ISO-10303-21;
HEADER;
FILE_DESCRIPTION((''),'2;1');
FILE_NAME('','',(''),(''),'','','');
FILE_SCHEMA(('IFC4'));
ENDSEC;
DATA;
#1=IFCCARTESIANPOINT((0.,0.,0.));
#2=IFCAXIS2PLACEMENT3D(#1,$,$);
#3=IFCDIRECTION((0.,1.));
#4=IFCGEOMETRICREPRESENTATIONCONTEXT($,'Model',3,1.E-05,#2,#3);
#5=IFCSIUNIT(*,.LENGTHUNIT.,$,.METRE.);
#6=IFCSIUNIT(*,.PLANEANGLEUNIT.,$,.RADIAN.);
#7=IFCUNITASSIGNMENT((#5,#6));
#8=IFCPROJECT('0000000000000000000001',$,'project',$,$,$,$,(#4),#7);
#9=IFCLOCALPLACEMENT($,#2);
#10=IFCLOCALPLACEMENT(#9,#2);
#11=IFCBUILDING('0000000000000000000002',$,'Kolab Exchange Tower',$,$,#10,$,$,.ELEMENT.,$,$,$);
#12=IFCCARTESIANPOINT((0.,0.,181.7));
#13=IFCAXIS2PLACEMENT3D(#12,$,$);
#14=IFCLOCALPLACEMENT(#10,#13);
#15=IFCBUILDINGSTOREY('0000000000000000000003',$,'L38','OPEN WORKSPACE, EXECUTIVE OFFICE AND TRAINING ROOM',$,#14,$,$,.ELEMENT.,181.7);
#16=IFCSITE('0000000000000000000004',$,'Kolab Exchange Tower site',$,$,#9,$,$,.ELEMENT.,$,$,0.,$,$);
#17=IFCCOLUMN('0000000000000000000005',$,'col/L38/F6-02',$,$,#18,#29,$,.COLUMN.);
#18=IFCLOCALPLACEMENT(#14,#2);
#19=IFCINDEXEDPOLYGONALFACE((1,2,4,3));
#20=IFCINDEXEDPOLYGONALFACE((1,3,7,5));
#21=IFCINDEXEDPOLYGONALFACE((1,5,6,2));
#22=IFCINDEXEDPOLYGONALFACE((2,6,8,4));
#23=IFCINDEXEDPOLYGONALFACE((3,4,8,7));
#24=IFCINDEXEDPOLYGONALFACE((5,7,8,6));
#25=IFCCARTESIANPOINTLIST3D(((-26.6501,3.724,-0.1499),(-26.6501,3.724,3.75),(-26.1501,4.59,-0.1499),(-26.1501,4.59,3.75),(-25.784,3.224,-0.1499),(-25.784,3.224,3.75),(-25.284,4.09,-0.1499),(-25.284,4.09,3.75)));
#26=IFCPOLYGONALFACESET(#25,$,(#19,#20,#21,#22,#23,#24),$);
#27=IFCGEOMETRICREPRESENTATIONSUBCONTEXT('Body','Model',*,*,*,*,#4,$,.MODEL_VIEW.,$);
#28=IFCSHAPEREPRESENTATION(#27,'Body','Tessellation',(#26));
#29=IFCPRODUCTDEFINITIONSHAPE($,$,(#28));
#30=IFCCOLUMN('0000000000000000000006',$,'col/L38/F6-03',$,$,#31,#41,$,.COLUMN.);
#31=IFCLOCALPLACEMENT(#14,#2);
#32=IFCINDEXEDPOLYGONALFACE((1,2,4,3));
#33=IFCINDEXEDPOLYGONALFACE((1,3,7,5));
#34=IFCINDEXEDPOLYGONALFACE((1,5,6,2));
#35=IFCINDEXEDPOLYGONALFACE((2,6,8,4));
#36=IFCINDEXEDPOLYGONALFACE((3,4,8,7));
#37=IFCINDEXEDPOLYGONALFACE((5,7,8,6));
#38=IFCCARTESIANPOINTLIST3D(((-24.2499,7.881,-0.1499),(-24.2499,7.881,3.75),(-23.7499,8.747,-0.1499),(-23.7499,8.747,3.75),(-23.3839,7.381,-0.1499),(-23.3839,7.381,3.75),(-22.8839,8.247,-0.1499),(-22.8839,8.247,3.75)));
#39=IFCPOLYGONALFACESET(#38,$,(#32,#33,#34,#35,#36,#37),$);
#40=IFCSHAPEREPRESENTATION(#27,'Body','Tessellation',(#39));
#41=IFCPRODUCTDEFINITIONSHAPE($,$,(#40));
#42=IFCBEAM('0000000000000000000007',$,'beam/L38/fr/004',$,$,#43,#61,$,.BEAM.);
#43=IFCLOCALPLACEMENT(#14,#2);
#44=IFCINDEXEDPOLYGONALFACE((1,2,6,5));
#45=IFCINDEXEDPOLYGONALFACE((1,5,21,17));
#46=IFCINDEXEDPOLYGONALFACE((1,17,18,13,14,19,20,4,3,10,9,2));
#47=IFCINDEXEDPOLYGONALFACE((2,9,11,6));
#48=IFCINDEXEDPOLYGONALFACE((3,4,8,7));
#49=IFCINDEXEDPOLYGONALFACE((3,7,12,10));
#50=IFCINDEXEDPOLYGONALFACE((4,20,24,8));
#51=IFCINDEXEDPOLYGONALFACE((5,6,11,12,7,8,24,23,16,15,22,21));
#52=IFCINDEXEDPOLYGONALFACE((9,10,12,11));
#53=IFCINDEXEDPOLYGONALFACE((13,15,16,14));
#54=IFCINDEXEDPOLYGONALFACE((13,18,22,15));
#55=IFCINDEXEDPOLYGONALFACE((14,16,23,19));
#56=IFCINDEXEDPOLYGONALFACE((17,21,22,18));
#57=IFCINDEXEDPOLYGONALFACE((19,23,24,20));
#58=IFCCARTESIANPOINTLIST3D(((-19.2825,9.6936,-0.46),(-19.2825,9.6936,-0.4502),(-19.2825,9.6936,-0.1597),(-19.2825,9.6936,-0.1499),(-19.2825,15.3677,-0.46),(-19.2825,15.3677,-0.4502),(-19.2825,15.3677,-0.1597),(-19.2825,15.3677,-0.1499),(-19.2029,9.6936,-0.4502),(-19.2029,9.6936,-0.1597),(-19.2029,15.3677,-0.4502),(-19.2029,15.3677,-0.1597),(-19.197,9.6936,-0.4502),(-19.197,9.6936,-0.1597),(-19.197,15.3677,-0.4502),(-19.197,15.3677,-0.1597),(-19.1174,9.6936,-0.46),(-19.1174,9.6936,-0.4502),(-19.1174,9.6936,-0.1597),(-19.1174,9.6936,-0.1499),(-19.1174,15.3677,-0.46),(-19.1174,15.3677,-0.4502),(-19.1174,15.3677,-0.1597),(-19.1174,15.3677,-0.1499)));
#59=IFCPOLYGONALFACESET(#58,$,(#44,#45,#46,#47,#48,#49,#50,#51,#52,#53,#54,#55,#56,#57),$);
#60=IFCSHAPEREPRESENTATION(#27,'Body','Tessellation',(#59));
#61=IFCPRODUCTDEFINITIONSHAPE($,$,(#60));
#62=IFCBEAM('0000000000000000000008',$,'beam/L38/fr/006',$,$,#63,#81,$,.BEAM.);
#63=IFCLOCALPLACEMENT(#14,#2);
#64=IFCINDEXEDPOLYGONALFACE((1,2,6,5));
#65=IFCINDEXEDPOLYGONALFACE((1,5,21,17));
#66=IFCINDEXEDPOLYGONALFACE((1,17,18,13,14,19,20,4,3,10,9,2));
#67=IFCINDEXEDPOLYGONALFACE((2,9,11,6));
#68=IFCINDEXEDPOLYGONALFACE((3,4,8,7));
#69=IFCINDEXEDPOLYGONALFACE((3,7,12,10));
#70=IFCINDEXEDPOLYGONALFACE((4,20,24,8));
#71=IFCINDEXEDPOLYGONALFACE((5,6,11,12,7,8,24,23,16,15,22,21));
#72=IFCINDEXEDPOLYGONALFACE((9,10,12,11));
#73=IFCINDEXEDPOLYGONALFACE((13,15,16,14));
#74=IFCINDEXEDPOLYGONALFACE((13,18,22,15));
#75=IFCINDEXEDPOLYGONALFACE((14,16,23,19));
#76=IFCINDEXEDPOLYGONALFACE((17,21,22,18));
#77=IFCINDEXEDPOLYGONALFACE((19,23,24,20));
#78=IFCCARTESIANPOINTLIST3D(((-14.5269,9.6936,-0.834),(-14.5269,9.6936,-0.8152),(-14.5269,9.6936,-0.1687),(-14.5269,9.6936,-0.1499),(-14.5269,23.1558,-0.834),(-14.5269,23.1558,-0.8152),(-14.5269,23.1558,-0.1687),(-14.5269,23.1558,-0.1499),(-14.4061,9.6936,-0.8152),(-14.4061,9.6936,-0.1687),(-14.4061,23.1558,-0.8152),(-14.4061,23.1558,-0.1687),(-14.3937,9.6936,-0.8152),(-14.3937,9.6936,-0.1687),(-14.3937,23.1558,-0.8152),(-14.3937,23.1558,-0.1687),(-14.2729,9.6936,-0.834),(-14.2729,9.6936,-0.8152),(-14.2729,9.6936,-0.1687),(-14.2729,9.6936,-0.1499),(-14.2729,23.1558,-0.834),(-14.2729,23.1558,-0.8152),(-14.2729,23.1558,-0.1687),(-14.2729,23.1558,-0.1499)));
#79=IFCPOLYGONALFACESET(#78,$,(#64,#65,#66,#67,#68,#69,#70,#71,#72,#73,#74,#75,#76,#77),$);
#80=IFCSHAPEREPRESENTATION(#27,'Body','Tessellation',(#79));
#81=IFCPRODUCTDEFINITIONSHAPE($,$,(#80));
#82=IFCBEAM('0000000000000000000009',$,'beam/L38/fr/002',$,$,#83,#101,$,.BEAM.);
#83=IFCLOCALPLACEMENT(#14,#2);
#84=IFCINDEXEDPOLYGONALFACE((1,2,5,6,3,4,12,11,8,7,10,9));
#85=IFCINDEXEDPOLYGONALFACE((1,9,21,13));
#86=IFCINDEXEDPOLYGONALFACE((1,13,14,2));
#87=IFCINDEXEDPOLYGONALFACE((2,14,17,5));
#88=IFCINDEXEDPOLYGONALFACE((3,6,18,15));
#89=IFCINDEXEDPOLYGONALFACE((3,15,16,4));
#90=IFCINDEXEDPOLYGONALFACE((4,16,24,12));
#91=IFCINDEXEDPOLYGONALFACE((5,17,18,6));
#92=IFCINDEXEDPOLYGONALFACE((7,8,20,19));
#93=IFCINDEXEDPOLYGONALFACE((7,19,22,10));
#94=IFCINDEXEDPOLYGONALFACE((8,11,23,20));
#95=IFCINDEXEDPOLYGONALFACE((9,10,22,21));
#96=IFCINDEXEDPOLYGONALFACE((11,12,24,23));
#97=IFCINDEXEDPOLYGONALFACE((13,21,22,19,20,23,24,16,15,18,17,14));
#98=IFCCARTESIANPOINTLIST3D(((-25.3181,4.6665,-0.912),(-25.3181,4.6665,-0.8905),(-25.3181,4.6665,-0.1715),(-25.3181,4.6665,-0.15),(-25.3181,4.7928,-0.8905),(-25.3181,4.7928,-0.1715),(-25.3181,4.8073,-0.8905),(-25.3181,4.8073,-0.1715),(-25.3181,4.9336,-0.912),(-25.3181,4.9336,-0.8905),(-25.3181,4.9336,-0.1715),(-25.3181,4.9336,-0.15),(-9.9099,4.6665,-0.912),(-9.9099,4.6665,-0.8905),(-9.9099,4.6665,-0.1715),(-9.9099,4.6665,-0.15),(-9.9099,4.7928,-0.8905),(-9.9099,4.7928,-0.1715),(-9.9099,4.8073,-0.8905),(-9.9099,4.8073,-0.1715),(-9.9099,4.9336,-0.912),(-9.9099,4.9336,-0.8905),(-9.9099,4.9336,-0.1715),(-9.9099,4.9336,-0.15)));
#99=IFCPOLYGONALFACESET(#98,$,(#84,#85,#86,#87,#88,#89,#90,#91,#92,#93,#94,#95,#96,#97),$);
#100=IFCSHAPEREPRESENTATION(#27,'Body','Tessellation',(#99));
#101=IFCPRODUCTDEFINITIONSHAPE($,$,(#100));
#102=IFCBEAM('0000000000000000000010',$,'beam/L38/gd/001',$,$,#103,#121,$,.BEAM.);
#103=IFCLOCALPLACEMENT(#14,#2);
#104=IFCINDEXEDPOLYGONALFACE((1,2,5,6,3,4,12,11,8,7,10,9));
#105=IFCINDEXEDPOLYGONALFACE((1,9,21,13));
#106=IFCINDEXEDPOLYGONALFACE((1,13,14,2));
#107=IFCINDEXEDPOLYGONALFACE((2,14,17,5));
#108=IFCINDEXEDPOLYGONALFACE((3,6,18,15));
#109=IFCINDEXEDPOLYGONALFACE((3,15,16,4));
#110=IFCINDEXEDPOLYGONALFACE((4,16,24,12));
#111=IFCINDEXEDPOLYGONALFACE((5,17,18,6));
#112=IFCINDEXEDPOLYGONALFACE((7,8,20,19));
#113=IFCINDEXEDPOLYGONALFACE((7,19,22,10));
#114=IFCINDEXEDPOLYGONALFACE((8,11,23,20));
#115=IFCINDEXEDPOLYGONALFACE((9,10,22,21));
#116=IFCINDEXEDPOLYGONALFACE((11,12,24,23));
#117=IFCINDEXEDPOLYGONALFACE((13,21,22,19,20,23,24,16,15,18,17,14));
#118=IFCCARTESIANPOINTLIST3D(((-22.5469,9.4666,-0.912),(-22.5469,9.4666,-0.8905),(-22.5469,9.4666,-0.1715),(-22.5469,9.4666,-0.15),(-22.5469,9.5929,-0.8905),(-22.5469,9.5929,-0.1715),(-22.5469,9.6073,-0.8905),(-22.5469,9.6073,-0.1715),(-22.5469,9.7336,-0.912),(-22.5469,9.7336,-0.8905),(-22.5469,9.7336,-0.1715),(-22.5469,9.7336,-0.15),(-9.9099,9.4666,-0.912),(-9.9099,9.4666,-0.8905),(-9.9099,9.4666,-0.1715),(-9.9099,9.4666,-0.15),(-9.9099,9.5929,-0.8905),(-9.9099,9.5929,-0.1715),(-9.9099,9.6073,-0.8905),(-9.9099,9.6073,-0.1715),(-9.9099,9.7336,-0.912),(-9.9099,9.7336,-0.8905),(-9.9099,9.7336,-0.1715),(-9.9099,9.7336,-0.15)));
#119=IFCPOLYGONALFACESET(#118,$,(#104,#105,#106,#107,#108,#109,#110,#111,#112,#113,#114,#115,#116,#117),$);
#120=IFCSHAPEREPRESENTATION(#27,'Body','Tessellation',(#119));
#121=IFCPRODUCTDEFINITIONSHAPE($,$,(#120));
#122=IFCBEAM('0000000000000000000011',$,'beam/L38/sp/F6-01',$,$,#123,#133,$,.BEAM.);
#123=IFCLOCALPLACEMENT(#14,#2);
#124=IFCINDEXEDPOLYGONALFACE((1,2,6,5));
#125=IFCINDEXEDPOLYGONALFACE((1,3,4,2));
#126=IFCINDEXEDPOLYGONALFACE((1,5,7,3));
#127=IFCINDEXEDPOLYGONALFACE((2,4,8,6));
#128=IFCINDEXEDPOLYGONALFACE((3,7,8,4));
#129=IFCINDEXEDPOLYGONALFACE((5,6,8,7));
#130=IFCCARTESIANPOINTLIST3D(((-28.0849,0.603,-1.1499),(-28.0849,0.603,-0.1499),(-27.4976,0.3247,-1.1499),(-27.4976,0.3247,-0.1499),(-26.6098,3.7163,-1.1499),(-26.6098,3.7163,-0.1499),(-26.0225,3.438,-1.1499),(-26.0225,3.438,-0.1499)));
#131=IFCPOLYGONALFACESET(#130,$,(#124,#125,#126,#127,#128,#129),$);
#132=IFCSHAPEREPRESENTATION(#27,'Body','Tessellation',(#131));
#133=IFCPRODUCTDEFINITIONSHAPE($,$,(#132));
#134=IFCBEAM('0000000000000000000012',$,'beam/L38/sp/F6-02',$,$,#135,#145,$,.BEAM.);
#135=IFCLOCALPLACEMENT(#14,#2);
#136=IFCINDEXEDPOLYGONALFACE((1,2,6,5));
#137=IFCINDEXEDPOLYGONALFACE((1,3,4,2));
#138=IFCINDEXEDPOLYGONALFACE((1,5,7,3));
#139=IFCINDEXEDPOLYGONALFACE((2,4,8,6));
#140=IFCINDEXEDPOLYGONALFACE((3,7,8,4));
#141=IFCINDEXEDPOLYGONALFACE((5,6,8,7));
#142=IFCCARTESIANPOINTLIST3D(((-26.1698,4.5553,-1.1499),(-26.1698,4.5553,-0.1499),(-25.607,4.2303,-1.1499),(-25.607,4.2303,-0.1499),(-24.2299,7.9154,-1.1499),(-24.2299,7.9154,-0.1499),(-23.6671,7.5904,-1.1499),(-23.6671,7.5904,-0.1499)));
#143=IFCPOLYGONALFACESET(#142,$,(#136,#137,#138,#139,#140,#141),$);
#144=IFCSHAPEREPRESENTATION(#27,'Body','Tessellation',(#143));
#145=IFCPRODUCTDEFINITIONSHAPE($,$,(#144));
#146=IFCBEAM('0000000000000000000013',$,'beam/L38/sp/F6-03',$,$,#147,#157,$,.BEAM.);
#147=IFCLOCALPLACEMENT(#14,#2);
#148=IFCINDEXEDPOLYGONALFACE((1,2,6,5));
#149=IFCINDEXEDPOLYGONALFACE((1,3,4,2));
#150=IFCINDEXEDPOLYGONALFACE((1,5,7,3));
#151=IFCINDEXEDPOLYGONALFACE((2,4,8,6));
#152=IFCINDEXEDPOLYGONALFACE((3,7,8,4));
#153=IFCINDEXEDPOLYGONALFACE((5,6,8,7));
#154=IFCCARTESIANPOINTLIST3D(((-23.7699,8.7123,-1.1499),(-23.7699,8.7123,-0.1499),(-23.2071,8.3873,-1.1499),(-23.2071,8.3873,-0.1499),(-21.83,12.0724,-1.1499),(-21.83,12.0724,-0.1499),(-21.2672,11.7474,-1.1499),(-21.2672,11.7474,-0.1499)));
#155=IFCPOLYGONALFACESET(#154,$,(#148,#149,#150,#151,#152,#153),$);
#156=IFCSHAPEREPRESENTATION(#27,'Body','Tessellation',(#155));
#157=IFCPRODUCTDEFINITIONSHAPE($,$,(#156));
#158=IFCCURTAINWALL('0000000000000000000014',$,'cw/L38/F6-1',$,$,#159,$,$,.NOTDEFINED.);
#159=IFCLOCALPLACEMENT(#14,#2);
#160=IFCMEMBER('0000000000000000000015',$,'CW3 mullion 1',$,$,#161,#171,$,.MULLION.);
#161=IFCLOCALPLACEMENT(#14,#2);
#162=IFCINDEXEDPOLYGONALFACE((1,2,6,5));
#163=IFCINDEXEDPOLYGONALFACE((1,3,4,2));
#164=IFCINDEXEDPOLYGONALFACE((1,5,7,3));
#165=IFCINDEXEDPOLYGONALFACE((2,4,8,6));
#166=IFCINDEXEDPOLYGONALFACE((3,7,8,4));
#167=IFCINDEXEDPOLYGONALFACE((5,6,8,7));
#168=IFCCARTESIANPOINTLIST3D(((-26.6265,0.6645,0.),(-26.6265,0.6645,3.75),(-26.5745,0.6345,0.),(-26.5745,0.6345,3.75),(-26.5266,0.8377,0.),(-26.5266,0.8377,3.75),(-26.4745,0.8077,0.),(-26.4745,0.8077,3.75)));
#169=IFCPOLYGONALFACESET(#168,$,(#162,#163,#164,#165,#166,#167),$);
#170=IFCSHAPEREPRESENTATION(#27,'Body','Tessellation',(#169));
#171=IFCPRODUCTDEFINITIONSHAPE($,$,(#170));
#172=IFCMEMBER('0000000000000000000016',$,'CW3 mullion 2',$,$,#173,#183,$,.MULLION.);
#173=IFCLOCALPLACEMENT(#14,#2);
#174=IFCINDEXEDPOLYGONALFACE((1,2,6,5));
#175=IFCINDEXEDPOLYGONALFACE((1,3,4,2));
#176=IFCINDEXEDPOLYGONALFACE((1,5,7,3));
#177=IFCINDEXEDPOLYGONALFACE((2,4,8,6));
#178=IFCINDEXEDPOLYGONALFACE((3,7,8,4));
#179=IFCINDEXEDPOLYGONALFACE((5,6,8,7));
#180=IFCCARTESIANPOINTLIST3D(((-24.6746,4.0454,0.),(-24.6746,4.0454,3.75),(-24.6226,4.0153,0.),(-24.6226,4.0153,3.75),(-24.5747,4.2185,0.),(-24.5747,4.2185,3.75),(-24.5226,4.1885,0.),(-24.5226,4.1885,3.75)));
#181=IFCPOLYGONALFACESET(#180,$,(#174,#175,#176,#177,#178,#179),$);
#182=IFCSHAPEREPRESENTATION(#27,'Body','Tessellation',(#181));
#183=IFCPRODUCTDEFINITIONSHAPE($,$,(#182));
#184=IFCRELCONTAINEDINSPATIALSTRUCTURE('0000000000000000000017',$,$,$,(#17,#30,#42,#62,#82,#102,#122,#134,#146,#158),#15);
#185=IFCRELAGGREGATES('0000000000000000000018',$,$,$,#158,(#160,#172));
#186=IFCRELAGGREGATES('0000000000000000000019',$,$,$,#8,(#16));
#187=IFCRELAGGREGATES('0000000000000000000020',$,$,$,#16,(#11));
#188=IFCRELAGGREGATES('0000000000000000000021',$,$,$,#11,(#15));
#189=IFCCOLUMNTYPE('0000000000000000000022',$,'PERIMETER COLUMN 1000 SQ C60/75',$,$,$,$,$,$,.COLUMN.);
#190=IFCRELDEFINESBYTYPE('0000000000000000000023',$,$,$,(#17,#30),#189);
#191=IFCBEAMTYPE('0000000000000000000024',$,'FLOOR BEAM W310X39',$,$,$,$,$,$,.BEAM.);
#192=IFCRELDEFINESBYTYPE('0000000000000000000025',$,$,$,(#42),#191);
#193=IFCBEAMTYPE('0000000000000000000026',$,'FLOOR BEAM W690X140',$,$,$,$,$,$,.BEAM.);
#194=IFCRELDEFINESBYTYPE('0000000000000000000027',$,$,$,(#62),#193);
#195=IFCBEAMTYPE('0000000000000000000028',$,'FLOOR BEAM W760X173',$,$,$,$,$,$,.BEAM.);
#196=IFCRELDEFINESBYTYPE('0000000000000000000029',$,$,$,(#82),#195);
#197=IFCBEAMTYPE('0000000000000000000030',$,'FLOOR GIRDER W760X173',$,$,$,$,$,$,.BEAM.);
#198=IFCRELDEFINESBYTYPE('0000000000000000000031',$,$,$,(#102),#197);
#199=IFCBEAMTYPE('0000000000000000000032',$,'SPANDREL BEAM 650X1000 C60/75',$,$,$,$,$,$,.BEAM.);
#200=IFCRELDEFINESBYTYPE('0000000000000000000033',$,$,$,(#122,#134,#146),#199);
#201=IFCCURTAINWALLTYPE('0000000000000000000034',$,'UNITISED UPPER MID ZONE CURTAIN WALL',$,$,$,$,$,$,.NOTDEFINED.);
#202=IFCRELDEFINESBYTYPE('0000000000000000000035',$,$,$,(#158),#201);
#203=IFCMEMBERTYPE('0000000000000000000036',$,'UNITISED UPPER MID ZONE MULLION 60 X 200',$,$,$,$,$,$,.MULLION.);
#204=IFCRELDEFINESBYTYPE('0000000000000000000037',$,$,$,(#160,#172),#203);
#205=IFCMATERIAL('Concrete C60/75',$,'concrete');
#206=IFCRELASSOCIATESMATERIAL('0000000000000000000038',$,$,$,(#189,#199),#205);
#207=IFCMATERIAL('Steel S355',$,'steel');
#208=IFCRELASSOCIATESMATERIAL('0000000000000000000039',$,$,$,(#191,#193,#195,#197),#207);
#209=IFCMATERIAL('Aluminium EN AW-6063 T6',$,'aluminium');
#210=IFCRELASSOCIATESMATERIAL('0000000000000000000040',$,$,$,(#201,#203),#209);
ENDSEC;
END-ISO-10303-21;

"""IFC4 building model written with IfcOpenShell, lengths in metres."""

from ifc_helpers import new_model, si_unit, direction, frame, origin, origin_2d, place, context, subcontext, project, spatial, rectangle, i_section, extrude, material, material_profile, profile_set, type_object, element, aggregate, save


model = new_model("IFC4")

# Units and contexts
model_context = context("Model", 3, precision=1e-05, world=origin(), true_north=direction((0.0, 1.0)))
body_context = subcontext(model_context, "Body", "Model", "MODEL_VIEW")
ifc_project = project(units=[si_unit("LENGTHUNIT", "METRE"), si_unit("PLANEANGLEUNIT", "RADIAN")], contexts=[model_context])

# Site, building, storey
site_placement = place(None, origin())
site = spatial("IfcSite", under=ifc_project, at=site_placement, Name="Kolab Exchange Tower site", CompositionType="ELEMENT", RefElevation=0.0)
building_placement = place(site_placement, origin())
building = spatial("IfcBuilding", under=site, at=building_placement, Name="Kolab Exchange Tower", CompositionType="ELEMENT")
storey_placement = place(building_placement, frame((0.0, 0.0, 181.7)))
storey = spatial("IfcBuildingStorey", under=building, at=storey_placement, Name="L38", Description="OPEN WORKSPACE, EXECUTIVE OFFICE AND TRAINING ROOM", CompositionType="ELEMENT", Elevation=181.7)

# Columns
ifc_material_1 = material(Name="Concrete C60/75", Category="concrete")
ifc_material_profile_1 = material_profile(ifc_material_1, rectangle(XDim=1.0, YDim=1.0, at=origin_2d()), Name="RC1000")
ifc_profile_set_1 = profile_set([ifc_material_profile_1], Name="Concrete C60/75")
column_type = type_object("IfcColumnType", Name="PERIMETER COLUMN 1000 SQ C60/75", PredefinedType="COLUMN", material=ifc_profile_set_1)
for number, where, z_axis, x_axis, name in (
    (1, (-25.967, 3.907, -0.1499), (0.0, 0.0, 1.0), (0.5, 0.866025, 0.0), "col/L38/F6-02"),
    (2, (-23.5669, 8.064, -0.1499), (0.0, 0.0, 1.0), (0.5, 0.866025, 0.0), "col/L38/F6-03"),
):
    element("IfcColumn", number, at=place(storey_placement, frame(where, z_axis=z_axis, x_axis=x_axis)), inside=storey, type_object=column_type, Name=name, PredefinedType="COLUMN", context=body_context, shape_type="SweptSolid", body=[
        extrude(rectangle(XDim=1.0, YDim=1.0, at=origin_2d()), origin(), (0.0, 0.0, 1.0), 3.8999),
    ])

# Beams
ifc_material_2 = material(Name="Steel S355", Category="steel")
ifc_material_profile_2 = material_profile(ifc_material_2, i_section(OverallWidth=0.165, OverallDepth=0.3101, WebThickness=0.0059, FlangeThickness=0.0098, at=origin_2d()), Name="W310X39")
ifc_profile_set_2 = profile_set([ifc_material_profile_2], Name="Steel S355")
beam_type_1 = type_object("IfcBeamType", Name="FLOOR BEAM W310X39", PredefinedType="BEAM", material=ifc_profile_set_2)
beam_1_placement = place(storey_placement, frame((-19.2, 9.6936, -0.3049), z_axis=(0.0, 1.0, 0.0), x_axis=(-1.0, 0.0, 0.0)))
element("IfcBeam", 3, at=beam_1_placement, inside=storey, type_object=beam_type_1, Name="beam/L38/fr/004", PredefinedType="BEAM", context=body_context, shape_type="SweptSolid", body=[
    extrude(i_section(OverallWidth=0.165, OverallDepth=0.3101, WebThickness=0.0059, FlangeThickness=0.0098, at=origin_2d()), origin(), (0.0, 0.0, 1.0), 5.6741),
])
ifc_material_profile_3 = material_profile(ifc_material_2, i_section(OverallWidth=0.2539, OverallDepth=0.6841, WebThickness=0.0125, FlangeThickness=0.0188, at=origin_2d()), Name="W690X140")
ifc_profile_set_3 = profile_set([ifc_material_profile_3], Name="Steel S355")
beam_type_2 = type_object("IfcBeamType", Name="FLOOR BEAM W690X140", PredefinedType="BEAM", material=ifc_profile_set_3)
beam_2_placement = place(storey_placement, frame((-14.3999, 9.6936, -0.4919), z_axis=(0.0, 1.0, 0.0), x_axis=(-1.0, 0.0, 0.0)))
element("IfcBeam", 4, at=beam_2_placement, inside=storey, type_object=beam_type_2, Name="beam/L38/fr/006", PredefinedType="BEAM", context=body_context, shape_type="SweptSolid", body=[
    extrude(i_section(OverallWidth=0.2539, OverallDepth=0.6841, WebThickness=0.0125, FlangeThickness=0.0188, at=origin_2d()), origin(), (0.0, 0.0, 1.0), 13.4622),
])
ifc_material_profile_4 = material_profile(ifc_material_2, i_section(OverallWidth=0.2671, OverallDepth=0.762, WebThickness=0.0144, FlangeThickness=0.0215, at=origin_2d()), Name="W760X173")
ifc_profile_set_4 = profile_set([ifc_material_profile_4], Name="Steel S355")
beam_type_3 = type_object("IfcBeamType", Name="FLOOR BEAM W760X173", PredefinedType="BEAM", material=ifc_profile_set_4)
beam_3_placement = place(storey_placement, frame((-25.3181, 4.8, -0.531), z_axis=(1.0, 0.0, 0.0), x_axis=(0.0, 1.0, 0.0)))
element("IfcBeam", 5, at=beam_3_placement, inside=storey, type_object=beam_type_3, Name="beam/L38/fr/002", PredefinedType="BEAM", context=body_context, shape_type="SweptSolid", body=[
    extrude(i_section(OverallWidth=0.2671, OverallDepth=0.762, WebThickness=0.0144, FlangeThickness=0.0215, at=origin_2d()), origin(), (0.0, 0.0, 1.0), 15.4082),
])
ifc_material_profile_5 = material_profile(ifc_material_2, i_section(OverallWidth=0.2671, OverallDepth=0.762, WebThickness=0.0144, FlangeThickness=0.0215, at=origin_2d()), Name="W760X173")
ifc_profile_set_5 = profile_set([ifc_material_profile_5], Name="Steel S355")
beam_type_4 = type_object("IfcBeamType", Name="FLOOR GIRDER W760X173", PredefinedType="BEAM", material=ifc_profile_set_5)
beam_4_placement = place(storey_placement, frame((-22.5469, 9.6001, -0.531), z_axis=(1.0, 0.0, 0.0), x_axis=(0.0, 1.0, 0.0)))
element("IfcBeam", 6, at=beam_4_placement, inside=storey, type_object=beam_type_4, Name="beam/L38/gd/001", PredefinedType="BEAM", context=body_context, shape_type="SweptSolid", body=[
    extrude(i_section(OverallWidth=0.2671, OverallDepth=0.762, WebThickness=0.0144, FlangeThickness=0.0215, at=origin_2d()), origin(), (0.0, 0.0, 1.0), 12.637),
])
ifc_material_profile_6 = material_profile(ifc_material_1, rectangle(XDim=0.6499, YDim=1.0, at=origin_2d()), Name="RC650X1000")
ifc_profile_set_6 = profile_set([ifc_material_profile_6], Name="Concrete C60/75")
beam_type_5 = type_object("IfcBeamType", Name="SPANDREL BEAM 650X1000 C60/75", PredefinedType="BEAM", material=ifc_profile_set_6)
beam_5_placement = place(storey_placement, frame((-27.7913, 0.4639, -0.6499), z_axis=(0.428178, 0.903695, 0.0), x_axis=(-0.903695, 0.428178, 0.0)))
element("IfcBeam", 7, at=beam_5_placement, inside=storey, type_object=beam_type_5, Name="beam/L38/sp/F6-01", PredefinedType="BEAM", context=body_context, shape_type="SweptSolid", body=[
    extrude(rectangle(XDim=0.6499, YDim=1.0, at=origin_2d()), origin(), (0.0, 0.0, 1.0), 3.4451),
])
for number, where, z_axis, x_axis, name in (
    (8, (-25.8884, 4.3928, -0.6499), (0.499997, 0.866027, 0.0), (-0.866027, 0.499997, 0.0), "beam/L38/sp/F6-02"),
    (9, (-23.4885, 8.5498, -0.6499), (0.499997, 0.866027, 0.0), (-0.866027, 0.499997, 0.0), "beam/L38/sp/F6-03"),
):
    element("IfcBeam", number, at=place(storey_placement, frame(where, z_axis=z_axis, x_axis=x_axis)), inside=storey, type_object=beam_type_5, Name=name, PredefinedType="BEAM", context=body_context, shape_type="SweptSolid", body=[
        extrude(rectangle(XDim=0.6499, YDim=1.0, at=origin_2d()), origin(), (0.0, 0.0, 1.0), 3.8799),
    ])

# Curtain wall, members
ifc_material_3 = material(Name="Aluminium EN AW-6063 T6", Category="aluminium")
curtain_wall_type = type_object("IfcCurtainWallType", Name="UNITISED UPPER MID ZONE CURTAIN WALL", PredefinedType="NOTDEFINED", material=ifc_material_3)
curtain_wall_1_placement = place(storey_placement, origin())
curtain_wall_1 = element("IfcCurtainWall", 10, at=curtain_wall_1_placement, inside=storey, type_object=curtain_wall_type, Name="cw/L38/F6-1", PredefinedType="NOTDEFINED")
ifc_material_profile_7 = material_profile(ifc_material_3, rectangle(XDim=0.0601, YDim=0.2, at=origin_2d()), Name="RECT 60X200")
ifc_profile_set_7 = profile_set([ifc_material_profile_7], Name="Aluminium EN AW-6063 T6")
member_type_1 = type_object("IfcMemberType", Name="UNITISED UPPER MID ZONE MULLION 60 X 200", PredefinedType="MULLION", material=ifc_profile_set_7)
member_1_placement = place(storey_placement, frame((-26.5505, 0.7361, 0.0), z_axis=(0.0, 0.0, 1.0), x_axis=(-0.866025, 0.5, 0.0)))
member_1 = element("IfcMember", 11, at=member_1_placement, type_object=member_type_1, Name="CW3 mullion 1", PredefinedType="MULLION", context=body_context, shape_type="SweptSolid", body=[
    extrude(rectangle(XDim=0.0601, YDim=0.2, at=origin_2d()), origin(), (0.0, 0.0, 1.0), 3.75),
])
member_2_placement = place(storey_placement, frame((-24.5986, 4.1169, 0.0), z_axis=(0.0, 0.0, 1.0), x_axis=(-0.866025, 0.5, 0.0)))
member_2 = element("IfcMember", 12, at=member_2_placement, type_object=member_type_1, Name="CW3 mullion 2", PredefinedType="MULLION", context=body_context, shape_type="SweptSolid", body=[
    extrude(rectangle(XDim=0.0601, YDim=0.2, at=origin_2d()), origin(), (0.0, 0.0, 1.0), 3.75),
])

aggregate(curtain_wall_1, [member_1, member_2])

save(model, "model.ifc")
